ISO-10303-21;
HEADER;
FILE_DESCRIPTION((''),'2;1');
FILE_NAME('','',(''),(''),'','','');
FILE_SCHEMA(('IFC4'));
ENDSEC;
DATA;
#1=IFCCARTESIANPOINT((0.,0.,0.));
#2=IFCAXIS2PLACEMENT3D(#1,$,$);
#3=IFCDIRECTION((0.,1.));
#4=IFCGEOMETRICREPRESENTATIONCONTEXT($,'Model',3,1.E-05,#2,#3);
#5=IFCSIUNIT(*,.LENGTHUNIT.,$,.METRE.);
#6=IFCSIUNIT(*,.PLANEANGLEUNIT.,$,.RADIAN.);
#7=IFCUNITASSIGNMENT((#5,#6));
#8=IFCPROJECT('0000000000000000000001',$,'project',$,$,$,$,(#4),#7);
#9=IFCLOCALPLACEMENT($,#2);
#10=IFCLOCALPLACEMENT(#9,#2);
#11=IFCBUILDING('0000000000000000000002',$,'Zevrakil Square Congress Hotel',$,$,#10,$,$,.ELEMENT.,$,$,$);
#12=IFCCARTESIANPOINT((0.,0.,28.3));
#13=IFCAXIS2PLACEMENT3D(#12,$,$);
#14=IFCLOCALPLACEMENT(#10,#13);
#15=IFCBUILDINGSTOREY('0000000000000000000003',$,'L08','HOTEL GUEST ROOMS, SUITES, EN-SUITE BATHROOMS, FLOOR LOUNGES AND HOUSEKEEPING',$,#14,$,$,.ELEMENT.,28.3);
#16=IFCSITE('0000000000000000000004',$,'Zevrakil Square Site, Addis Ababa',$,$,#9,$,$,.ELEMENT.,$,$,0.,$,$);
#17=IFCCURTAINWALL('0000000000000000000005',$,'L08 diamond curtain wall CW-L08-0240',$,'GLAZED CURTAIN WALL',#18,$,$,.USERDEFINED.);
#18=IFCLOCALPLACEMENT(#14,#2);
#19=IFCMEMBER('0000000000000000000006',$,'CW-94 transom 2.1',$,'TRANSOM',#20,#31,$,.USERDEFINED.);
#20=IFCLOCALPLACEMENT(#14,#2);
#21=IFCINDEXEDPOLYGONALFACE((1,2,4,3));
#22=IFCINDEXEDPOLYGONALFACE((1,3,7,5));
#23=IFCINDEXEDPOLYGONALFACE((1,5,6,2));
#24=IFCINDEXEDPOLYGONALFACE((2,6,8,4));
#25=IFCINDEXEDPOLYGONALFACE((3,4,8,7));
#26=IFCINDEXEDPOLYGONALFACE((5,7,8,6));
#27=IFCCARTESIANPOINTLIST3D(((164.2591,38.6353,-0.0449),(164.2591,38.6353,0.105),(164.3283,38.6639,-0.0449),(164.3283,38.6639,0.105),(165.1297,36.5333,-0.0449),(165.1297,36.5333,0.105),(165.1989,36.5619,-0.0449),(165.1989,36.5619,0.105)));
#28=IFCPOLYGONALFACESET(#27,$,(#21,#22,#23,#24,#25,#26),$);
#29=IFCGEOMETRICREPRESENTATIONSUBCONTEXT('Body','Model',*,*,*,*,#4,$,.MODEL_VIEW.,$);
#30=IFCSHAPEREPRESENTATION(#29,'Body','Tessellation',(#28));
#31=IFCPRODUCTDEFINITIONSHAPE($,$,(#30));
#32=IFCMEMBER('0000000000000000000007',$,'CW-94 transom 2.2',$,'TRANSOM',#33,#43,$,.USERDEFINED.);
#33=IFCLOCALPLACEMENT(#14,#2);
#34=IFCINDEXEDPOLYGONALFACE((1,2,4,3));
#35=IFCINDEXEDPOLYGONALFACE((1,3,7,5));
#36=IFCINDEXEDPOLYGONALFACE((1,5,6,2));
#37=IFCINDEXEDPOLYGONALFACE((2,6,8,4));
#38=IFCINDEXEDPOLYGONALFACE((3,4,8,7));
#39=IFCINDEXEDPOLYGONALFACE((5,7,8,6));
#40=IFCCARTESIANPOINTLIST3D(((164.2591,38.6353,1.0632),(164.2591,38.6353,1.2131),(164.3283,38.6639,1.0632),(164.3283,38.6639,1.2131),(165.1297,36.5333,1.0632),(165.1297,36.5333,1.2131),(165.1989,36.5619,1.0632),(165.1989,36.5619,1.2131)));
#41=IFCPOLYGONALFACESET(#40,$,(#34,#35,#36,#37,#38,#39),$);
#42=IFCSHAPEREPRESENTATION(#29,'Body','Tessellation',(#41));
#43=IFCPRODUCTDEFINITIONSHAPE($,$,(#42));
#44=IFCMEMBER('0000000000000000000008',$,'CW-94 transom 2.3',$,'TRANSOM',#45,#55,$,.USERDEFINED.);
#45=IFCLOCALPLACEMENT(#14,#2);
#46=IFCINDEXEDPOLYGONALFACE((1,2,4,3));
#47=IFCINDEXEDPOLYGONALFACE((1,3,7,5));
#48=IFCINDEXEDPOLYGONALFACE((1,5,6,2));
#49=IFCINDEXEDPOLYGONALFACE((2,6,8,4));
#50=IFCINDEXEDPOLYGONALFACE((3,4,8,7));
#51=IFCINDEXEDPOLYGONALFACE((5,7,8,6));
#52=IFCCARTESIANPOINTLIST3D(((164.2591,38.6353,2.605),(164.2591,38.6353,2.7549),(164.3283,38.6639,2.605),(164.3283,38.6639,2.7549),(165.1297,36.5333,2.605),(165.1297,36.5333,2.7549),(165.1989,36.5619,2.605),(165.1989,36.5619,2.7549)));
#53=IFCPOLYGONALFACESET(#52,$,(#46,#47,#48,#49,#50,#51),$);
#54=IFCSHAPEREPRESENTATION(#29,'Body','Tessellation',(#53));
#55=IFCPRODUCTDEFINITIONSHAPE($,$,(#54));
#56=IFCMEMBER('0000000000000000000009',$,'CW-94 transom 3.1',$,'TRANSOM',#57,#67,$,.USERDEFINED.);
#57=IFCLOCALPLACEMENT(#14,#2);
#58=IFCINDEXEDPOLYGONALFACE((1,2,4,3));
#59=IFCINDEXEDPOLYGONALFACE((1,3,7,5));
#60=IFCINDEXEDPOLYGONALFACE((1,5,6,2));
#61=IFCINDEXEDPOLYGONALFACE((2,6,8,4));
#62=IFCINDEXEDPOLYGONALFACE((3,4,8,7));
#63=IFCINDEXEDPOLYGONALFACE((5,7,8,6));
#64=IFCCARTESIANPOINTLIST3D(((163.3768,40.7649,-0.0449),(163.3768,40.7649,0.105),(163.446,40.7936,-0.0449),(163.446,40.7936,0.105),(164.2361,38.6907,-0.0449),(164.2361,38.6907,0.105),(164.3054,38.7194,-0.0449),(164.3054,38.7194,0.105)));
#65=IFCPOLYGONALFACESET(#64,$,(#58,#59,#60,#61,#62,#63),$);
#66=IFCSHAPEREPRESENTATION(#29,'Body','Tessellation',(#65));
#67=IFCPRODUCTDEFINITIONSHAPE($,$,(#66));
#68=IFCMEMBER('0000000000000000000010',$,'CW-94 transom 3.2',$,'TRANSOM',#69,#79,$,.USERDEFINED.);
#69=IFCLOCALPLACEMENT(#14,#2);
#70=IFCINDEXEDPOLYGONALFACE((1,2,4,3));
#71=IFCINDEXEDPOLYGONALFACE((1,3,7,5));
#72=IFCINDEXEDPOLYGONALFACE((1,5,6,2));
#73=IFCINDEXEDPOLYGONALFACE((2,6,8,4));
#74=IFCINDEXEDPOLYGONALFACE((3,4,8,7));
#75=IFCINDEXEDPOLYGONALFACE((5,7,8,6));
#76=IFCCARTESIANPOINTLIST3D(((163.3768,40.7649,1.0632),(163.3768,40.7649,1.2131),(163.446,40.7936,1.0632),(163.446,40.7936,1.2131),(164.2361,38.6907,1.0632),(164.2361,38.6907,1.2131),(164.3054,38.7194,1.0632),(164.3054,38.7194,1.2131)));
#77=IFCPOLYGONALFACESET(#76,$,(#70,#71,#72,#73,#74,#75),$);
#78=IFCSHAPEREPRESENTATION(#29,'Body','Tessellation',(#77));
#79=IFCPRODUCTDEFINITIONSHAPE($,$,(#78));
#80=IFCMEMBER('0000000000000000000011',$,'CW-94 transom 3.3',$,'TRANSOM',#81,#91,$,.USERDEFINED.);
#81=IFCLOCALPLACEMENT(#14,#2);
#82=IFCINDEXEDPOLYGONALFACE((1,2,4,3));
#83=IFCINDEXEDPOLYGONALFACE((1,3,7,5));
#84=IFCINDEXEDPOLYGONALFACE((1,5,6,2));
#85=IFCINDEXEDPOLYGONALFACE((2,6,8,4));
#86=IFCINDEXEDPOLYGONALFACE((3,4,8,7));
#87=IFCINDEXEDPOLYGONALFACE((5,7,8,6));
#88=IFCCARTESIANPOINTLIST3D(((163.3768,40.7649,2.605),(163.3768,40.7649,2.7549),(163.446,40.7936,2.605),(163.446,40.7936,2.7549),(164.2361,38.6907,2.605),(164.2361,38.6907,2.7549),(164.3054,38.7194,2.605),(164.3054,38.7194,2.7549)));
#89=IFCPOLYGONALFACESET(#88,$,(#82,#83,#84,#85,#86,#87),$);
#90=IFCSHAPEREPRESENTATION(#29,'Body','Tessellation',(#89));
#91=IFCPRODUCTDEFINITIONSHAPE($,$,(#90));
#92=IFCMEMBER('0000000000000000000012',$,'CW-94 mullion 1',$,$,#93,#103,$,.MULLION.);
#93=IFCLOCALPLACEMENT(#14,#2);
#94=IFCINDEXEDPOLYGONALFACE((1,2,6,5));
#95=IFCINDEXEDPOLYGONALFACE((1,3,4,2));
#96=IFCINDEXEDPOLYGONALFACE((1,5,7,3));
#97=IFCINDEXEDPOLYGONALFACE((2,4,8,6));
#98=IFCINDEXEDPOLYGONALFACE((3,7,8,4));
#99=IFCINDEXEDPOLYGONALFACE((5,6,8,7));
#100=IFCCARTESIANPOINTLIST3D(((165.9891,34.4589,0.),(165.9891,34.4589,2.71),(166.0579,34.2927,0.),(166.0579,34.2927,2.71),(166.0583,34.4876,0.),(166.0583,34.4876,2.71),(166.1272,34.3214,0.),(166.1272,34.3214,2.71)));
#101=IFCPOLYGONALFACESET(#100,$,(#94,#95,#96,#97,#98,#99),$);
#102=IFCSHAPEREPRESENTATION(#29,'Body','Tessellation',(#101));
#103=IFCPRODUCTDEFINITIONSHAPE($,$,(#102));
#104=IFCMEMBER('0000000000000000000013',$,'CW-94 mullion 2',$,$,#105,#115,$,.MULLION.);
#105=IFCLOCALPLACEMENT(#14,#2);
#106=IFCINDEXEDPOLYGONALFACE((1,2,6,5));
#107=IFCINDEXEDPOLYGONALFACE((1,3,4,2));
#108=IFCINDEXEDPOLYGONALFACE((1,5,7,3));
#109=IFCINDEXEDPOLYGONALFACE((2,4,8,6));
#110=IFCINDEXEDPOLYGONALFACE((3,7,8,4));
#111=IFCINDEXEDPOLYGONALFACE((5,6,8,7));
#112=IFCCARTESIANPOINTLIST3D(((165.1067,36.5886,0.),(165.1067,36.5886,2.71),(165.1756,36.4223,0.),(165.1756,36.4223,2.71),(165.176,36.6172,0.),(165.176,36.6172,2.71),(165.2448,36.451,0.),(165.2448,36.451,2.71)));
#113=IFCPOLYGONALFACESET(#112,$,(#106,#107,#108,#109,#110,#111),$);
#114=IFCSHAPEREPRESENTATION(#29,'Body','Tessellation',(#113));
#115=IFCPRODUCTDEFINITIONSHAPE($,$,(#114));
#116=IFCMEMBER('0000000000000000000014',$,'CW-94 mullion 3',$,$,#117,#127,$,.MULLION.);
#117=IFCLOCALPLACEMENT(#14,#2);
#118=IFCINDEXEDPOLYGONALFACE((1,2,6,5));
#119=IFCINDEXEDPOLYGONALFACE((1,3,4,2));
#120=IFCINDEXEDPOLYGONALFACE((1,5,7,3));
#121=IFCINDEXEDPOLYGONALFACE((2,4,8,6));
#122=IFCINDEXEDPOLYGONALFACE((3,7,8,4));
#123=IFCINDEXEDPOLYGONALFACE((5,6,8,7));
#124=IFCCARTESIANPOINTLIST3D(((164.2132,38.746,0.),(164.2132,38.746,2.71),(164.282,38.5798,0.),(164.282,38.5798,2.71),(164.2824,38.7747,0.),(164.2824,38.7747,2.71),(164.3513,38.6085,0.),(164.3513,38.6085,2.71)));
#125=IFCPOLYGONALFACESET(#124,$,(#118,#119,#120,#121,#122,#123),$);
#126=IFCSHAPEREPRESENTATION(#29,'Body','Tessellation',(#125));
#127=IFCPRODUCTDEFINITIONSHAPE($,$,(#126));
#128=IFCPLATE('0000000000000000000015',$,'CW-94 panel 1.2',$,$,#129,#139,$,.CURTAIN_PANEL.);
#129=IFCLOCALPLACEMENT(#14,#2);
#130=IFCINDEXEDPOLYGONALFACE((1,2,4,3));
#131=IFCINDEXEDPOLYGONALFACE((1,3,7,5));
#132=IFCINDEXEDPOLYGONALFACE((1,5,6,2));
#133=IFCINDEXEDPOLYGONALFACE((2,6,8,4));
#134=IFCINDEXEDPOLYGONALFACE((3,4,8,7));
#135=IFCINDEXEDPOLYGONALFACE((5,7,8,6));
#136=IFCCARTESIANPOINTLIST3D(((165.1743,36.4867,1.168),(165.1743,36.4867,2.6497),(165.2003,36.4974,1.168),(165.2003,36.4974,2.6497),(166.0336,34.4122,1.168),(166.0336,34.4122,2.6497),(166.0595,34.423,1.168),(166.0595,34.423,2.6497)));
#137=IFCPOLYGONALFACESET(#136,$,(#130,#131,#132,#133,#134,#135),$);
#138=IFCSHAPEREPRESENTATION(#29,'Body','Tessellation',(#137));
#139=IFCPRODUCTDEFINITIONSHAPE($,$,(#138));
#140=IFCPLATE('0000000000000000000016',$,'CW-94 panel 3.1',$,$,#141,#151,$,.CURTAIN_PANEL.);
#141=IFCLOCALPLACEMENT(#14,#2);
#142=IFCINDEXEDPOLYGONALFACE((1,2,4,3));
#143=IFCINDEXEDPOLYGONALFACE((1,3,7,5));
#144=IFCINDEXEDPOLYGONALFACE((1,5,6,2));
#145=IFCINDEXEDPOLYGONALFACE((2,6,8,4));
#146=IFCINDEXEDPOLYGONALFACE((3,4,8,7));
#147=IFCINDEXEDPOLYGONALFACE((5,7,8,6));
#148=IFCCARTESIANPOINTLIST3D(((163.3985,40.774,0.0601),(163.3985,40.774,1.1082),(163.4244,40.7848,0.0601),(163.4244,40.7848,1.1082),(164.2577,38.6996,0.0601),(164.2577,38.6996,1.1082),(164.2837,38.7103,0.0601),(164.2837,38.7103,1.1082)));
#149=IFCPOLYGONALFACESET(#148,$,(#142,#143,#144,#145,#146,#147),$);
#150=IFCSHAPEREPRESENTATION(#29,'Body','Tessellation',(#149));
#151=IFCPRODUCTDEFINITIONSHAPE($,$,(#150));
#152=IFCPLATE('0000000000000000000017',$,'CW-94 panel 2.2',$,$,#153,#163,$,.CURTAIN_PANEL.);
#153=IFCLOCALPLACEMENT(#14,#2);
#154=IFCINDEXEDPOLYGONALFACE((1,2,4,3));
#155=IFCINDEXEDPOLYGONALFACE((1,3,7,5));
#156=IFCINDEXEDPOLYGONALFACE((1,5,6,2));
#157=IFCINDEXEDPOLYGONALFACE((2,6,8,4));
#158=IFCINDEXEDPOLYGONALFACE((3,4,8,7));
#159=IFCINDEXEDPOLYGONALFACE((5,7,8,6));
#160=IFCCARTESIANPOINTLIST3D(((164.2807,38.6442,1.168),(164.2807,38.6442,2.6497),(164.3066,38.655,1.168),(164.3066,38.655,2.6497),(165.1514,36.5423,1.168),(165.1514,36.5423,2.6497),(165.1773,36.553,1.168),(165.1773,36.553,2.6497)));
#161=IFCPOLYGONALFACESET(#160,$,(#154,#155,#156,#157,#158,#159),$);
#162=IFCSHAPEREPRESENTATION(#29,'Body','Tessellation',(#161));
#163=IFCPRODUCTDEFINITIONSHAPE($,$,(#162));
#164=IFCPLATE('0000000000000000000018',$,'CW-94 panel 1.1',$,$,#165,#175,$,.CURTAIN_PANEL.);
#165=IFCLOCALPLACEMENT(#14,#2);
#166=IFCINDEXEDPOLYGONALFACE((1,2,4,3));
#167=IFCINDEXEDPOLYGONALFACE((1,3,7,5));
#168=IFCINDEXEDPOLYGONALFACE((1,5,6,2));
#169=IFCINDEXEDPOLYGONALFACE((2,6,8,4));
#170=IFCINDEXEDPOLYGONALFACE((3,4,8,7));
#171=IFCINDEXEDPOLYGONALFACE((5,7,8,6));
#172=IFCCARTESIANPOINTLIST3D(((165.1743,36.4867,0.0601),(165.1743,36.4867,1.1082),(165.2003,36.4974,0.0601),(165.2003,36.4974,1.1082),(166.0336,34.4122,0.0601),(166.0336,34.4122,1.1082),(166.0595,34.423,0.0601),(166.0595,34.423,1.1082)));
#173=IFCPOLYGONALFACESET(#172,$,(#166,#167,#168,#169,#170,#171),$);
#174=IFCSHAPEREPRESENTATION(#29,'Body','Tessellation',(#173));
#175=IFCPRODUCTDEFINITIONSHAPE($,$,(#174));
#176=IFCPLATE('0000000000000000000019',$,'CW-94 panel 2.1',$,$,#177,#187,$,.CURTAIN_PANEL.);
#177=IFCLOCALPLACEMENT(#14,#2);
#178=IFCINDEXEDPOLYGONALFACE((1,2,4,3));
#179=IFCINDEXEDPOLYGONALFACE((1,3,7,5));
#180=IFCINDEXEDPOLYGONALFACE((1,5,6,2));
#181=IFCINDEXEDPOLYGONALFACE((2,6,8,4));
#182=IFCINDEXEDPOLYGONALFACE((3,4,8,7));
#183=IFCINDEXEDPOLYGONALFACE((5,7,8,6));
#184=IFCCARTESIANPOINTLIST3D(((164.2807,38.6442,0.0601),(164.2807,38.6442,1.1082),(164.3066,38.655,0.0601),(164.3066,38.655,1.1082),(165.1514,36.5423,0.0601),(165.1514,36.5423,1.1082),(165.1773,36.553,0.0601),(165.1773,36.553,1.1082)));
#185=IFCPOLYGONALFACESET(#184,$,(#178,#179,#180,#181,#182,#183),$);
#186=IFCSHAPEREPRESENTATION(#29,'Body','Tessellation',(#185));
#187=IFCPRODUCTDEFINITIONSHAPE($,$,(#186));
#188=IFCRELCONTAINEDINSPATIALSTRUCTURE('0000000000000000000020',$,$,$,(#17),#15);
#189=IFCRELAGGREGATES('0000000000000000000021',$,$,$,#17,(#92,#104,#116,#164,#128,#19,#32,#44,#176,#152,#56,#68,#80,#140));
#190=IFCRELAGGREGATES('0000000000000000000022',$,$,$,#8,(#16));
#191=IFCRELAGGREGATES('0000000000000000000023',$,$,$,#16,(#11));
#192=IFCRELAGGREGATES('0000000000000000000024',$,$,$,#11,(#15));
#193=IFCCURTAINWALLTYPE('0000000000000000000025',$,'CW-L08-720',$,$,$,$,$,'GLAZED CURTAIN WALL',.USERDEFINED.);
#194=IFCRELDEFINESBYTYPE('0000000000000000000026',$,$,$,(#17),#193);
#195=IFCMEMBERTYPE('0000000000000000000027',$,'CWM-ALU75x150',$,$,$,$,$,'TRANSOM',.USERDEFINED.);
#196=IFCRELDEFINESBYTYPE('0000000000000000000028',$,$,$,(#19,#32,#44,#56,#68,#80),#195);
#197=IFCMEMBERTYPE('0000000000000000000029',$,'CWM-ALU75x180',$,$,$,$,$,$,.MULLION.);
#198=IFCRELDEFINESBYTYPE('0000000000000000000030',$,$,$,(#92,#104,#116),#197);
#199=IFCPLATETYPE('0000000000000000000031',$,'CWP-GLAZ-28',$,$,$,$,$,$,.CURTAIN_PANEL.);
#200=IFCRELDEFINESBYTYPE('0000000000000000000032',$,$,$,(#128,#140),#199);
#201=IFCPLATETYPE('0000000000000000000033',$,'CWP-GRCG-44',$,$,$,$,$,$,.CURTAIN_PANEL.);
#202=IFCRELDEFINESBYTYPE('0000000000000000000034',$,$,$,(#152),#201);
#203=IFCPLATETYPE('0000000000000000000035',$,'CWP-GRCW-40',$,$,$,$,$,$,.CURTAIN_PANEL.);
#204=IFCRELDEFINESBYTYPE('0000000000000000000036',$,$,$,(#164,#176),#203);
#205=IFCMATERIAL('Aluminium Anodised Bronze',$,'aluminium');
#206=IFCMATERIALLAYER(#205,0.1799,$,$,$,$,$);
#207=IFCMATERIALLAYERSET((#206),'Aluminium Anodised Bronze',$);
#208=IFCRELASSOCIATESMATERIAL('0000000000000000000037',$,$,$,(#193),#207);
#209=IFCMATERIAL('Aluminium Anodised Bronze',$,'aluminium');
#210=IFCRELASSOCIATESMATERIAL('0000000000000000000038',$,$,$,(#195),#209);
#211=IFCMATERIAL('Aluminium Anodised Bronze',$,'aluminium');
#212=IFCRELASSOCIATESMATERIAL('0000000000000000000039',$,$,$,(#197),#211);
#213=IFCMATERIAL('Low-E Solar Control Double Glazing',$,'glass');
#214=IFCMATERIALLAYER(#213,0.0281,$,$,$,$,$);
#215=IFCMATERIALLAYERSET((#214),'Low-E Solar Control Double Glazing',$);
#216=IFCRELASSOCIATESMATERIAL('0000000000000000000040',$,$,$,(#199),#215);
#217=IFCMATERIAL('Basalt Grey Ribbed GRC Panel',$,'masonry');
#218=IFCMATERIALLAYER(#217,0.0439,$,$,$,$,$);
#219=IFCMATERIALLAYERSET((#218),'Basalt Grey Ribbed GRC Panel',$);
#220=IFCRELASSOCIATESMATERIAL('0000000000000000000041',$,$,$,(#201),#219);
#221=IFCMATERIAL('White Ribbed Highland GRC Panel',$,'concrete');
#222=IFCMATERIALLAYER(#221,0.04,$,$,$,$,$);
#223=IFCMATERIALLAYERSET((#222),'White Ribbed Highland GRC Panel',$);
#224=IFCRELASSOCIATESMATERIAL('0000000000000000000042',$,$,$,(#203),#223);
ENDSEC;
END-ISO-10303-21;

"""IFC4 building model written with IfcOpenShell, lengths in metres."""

from ifc_helpers import new_model, si_unit, direction, frame, origin, origin_2d, place, context, subcontext, project, spatial, rectangle, extrude, material, layer, layer_set, material_profile, profile_set, type_object, element, aggregate, save


model = new_model("IFC4")

# Units and contexts
model_context = context("Model", 3, precision=1e-05, world=origin(), true_north=direction((0.0, 1.0)))
body_context = subcontext(model_context, "Body", "Model", "MODEL_VIEW")
ifc_project = project(units=[si_unit("LENGTHUNIT", "METRE"), si_unit("PLANEANGLEUNIT", "RADIAN")], contexts=[model_context])

# Site, building, storey
site_placement = place(None, origin())
site = spatial("IfcSite", under=ifc_project, at=site_placement, Name="Zevrakil Square Site, Addis Ababa", CompositionType="ELEMENT", RefElevation=0.0)
building_placement = place(site_placement, origin())
building = spatial("IfcBuilding", under=site, at=building_placement, Name="Zevrakil Square Congress Hotel", CompositionType="ELEMENT")
storey_placement = place(building_placement, frame((0.0, 0.0, 28.3)))
storey = spatial("IfcBuildingStorey", under=building, at=storey_placement, Name="L08", Description="HOTEL GUEST ROOMS, SUITES, EN-SUITE BATHROOMS, FLOOR LOUNGES AND HOUSEKEEPING", CompositionType="ELEMENT", Elevation=28.3)

# Curtain wall, members, plates
ifc_material_1 = material(Name="Aluminium Anodised Bronze", Category="aluminium")
ifc_layer_1 = layer(ifc_material_1, 0.1799)
ifc_layer_set_1 = layer_set([ifc_layer_1], Name="Aluminium Anodised Bronze")
curtain_wall_type = type_object("IfcCurtainWallType", Name="CW-L08-720", ElementType="GLAZED CURTAIN WALL", PredefinedType="USERDEFINED", material=ifc_layer_set_1)
curtain_wall_placement = place(storey_placement, origin())
curtain_wall = element("IfcCurtainWall", 1, at=curtain_wall_placement, inside=storey, type_object=curtain_wall_type, Name="L08 diamond curtain wall CW-L08-0240", ObjectType="GLAZED CURTAIN WALL", PredefinedType="USERDEFINED")
ifc_material_2 = material(Name="Aluminium Anodised Bronze", Category="aluminium")
ifc_material_profile_1 = material_profile(ifc_material_2, rectangle(XDim=0.075, YDim=0.1499, at=origin_2d()), Name="ALU 75x150")
ifc_profile_set_1 = profile_set([ifc_material_profile_1], Name="Aluminium Anodised Bronze")
member_type_1 = type_object("IfcMemberType", Name="CWM-ALU75x150", ElementType="TRANSOM", PredefinedType="USERDEFINED", material=ifc_profile_set_1)
member_1_placement = place(storey_placement, frame((165.1643, 36.5476, 0.03), z_axis=(-0.382649, 0.923894, 0.0), x_axis=(-0.923894, -0.382649, 0.0)))
member_1 = element("IfcMember", 2, at=member_1_placement, type_object=member_type_1, Name="CW-94 transom 2.1", ObjectType="TRANSOM", PredefinedType="USERDEFINED", context=body_context, shape_type="SweptSolid", body=[
    extrude(rectangle(XDim=0.075, YDim=0.1499, at=origin_2d()), origin(), (0.0, 0.0, 1.0), 2.2751),
])
member_2_placement = place(storey_placement, frame((165.1643, 36.5476, 1.1382), z_axis=(-0.382649, 0.923894, 0.0), x_axis=(-0.923894, -0.382649, 0.0)))
member_2 = element("IfcMember", 3, at=member_2_placement, type_object=member_type_1, Name="CW-94 transom 2.2", ObjectType="TRANSOM", PredefinedType="USERDEFINED", context=body_context, shape_type="SweptSolid", body=[
    extrude(rectangle(XDim=0.075, YDim=0.1499, at=origin_2d()), origin(), (0.0, 0.0, 1.0), 2.2751),
])
member_3_placement = place(storey_placement, frame((165.1643, 36.5476, 2.6799), z_axis=(-0.382649, 0.923894, 0.0), x_axis=(-0.923894, -0.382649, 0.0)))
member_3 = element("IfcMember", 4, at=member_3_placement, type_object=member_type_1, Name="CW-94 transom 2.3", ObjectType="TRANSOM", PredefinedType="USERDEFINED", context=body_context, shape_type="SweptSolid", body=[
    extrude(rectangle(XDim=0.075, YDim=0.1499, at=origin_2d()), origin(), (0.0, 0.0, 1.0), 2.2751),
])
member_4_placement = place(storey_placement, frame((164.2708, 38.7051, 0.03), z_axis=(-0.382762, 0.923847, 0.0), x_axis=(-0.923847, -0.382762, 0.0)))
member_4 = element("IfcMember", 5, at=member_4_placement, type_object=member_type_1, Name="CW-94 transom 3.1", ObjectType="TRANSOM", PredefinedType="USERDEFINED", context=body_context, shape_type="SweptSolid", body=[
    extrude(rectangle(XDim=0.075, YDim=0.1499, at=origin_2d()), origin(), (0.0, 0.0, 1.0), 2.2451),
])
member_5_placement = place(storey_placement, frame((164.2708, 38.7051, 1.1382), z_axis=(-0.382762, 0.923847, 0.0), x_axis=(-0.923847, -0.382762, 0.0)))
member_5 = element("IfcMember", 6, at=member_5_placement, type_object=member_type_1, Name="CW-94 transom 3.2", ObjectType="TRANSOM", PredefinedType="USERDEFINED", context=body_context, shape_type="SweptSolid", body=[
    extrude(rectangle(XDim=0.075, YDim=0.1499, at=origin_2d()), origin(), (0.0, 0.0, 1.0), 2.2451),
])
member_6_placement = place(storey_placement, frame((164.2708, 38.7051, 2.6799), z_axis=(-0.382762, 0.923847, 0.0), x_axis=(-0.923847, -0.382762, 0.0)))
member_6 = element("IfcMember", 7, at=member_6_placement, type_object=member_type_1, Name="CW-94 transom 3.3", ObjectType="TRANSOM", PredefinedType="USERDEFINED", context=body_context, shape_type="SweptSolid", body=[
    extrude(rectangle(XDim=0.075, YDim=0.1499, at=origin_2d()), origin(), (0.0, 0.0, 1.0), 2.2451),
])
ifc_material_3 = material(Name="Aluminium Anodised Bronze", Category="aluminium")
ifc_material_profile_2 = material_profile(ifc_material_3, rectangle(XDim=0.075, YDim=0.1799, at=origin_2d()), Name="ALU 75x180")
ifc_profile_set_2 = profile_set([ifc_material_profile_2], Name="Aluminium Anodised Bronze")
member_type_2 = type_object("IfcMemberType", Name="CWM-ALU75x180", PredefinedType="MULLION", material=ifc_profile_set_2)
member_7_placement = place(storey_placement, frame((166.0581, 34.3901, 0.0), z_axis=(0.0, 0.0, 1.0), x_axis=(-0.923879, -0.382684, 0.0)))
member_7 = element("IfcMember", 8, at=member_7_placement, type_object=member_type_2, Name="CW-94 mullion 1", PredefinedType="MULLION", context=body_context, shape_type="SweptSolid", body=[
    extrude(rectangle(XDim=0.075, YDim=0.1799, at=origin_2d()), origin(), (0.0, 0.0, 1.0), 2.71),
])
member_8_placement = place(storey_placement, frame((165.1758, 36.5198, 0.0), z_axis=(0.0, 0.0, 1.0), x_axis=(-0.923879, -0.382684, 0.0)))
member_8 = element("IfcMember", 9, at=member_8_placement, type_object=member_type_2, Name="CW-94 mullion 2", PredefinedType="MULLION", context=body_context, shape_type="SweptSolid", body=[
    extrude(rectangle(XDim=0.075, YDim=0.1799, at=origin_2d()), origin(), (0.0, 0.0, 1.0), 2.71),
])
member_9_placement = place(storey_placement, frame((164.2822, 38.6772, 0.0), z_axis=(0.0, 0.0, 1.0), x_axis=(-0.923879, -0.382684, 0.0)))
member_9 = element("IfcMember", 10, at=member_9_placement, type_object=member_type_2, Name="CW-94 mullion 3", PredefinedType="MULLION", context=body_context, shape_type="SweptSolid", body=[
    extrude(rectangle(XDim=0.075, YDim=0.1799, at=origin_2d()), origin(), (0.0, 0.0, 1.0), 2.71),
])
ifc_material_4 = material(Name="Low-E Solar Control Double Glazing", Category="glass")
ifc_layer_2 = layer(ifc_material_4, 0.0281)
ifc_layer_set_2 = layer_set([ifc_layer_2], Name="Low-E Solar Control Double Glazing")
plate_type_1 = type_object("IfcPlateType", Name="CWP-GLAZ-28", PredefinedType="CURTAIN_PANEL", material=ifc_layer_set_2)
plate_1_placement = place(storey_placement, frame((165.6169, 35.4548, 1.168), z_axis=(0.0, 0.0, 1.0), x_axis=(-0.382684, 0.923879, 0.0)))
plate_1 = element("IfcPlate", 11, at=plate_1_placement, type_object=plate_type_1, Name="CW-94 panel 1.2", PredefinedType="CURTAIN_PANEL", context=body_context, shape_type="SweptSolid", body=[
    extrude(rectangle(XDim=2.2454, YDim=0.0281, at=origin_2d()), origin(), (0.0, 0.0, 1.0), 1.4817),
])
plate_2_placement = place(storey_placement, frame((163.8411, 39.7422, 0.0601), z_axis=(0.0, 0.0, 1.0), x_axis=(-0.382684, 0.923879, 0.0)))
plate_2 = element("IfcPlate", 12, at=plate_2_placement, type_object=plate_type_1, Name="CW-94 panel 3.1", PredefinedType="CURTAIN_PANEL", context=body_context, shape_type="SweptSolid", body=[
    extrude(rectangle(XDim=2.2454, YDim=0.0281, at=origin_2d()), origin(), (0.0, 0.0, 1.0), 1.0481),
])
ifc_material_5 = material(Name="Basalt Grey Ribbed GRC Panel", Category="masonry")
ifc_layer_3 = layer(ifc_material_5, 0.0439)
ifc_layer_set_3 = layer_set([ifc_layer_3], Name="Basalt Grey Ribbed GRC Panel")
plate_type_2 = type_object("IfcPlateType", Name="CWP-GRCG-44", PredefinedType="CURTAIN_PANEL", material=ifc_layer_set_3)
plate_3_placement = place(storey_placement, frame((164.729, 37.5986, 1.168), z_axis=(0.0, 0.0, 1.0), x_axis=(-0.382684, 0.923879, 0.0)))
plate_3 = element("IfcPlate", 13, at=plate_3_placement, type_object=plate_type_2, Name="CW-94 panel 2.2", PredefinedType="CURTAIN_PANEL", context=body_context, shape_type="SweptSolid", body=[
    extrude(rectangle(XDim=2.2751, YDim=0.0281, at=origin_2d()), origin(), (0.0, 0.0, 1.0), 1.4817),
])
ifc_material_6 = material(Name="White Ribbed Highland GRC Panel", Category="concrete")
ifc_layer_4 = layer(ifc_material_6, 0.04)
ifc_layer_set_4 = layer_set([ifc_layer_4], Name="White Ribbed Highland GRC Panel")
plate_type_3 = type_object("IfcPlateType", Name="CWP-GRCW-40", PredefinedType="CURTAIN_PANEL", material=ifc_layer_set_4)
plate_4_placement = place(storey_placement, frame((165.6169, 35.4548, 0.0601), z_axis=(0.0, 0.0, 1.0), x_axis=(-0.382684, 0.923879, 0.0)))
plate_4 = element("IfcPlate", 14, at=plate_4_placement, type_object=plate_type_3, Name="CW-94 panel 1.1", PredefinedType="CURTAIN_PANEL", context=body_context, shape_type="SweptSolid", body=[
    extrude(rectangle(XDim=2.2454, YDim=0.0281, at=origin_2d()), origin(), (0.0, 0.0, 1.0), 1.0481),
])
plate_5_placement = place(storey_placement, frame((164.729, 37.5986, 0.0601), z_axis=(0.0, 0.0, 1.0), x_axis=(-0.382684, 0.923879, 0.0)))
plate_5 = element("IfcPlate", 15, at=plate_5_placement, type_object=plate_type_3, Name="CW-94 panel 2.1", PredefinedType="CURTAIN_PANEL", context=body_context, shape_type="SweptSolid", body=[
    extrude(rectangle(XDim=2.2751, YDim=0.0281, at=origin_2d()), origin(), (0.0, 0.0, 1.0), 1.0481),
])
aggregate(curtain_wall, [member_7, member_8, member_9, plate_4, plate_1, member_1, member_2, member_3, plate_5, plate_3, member_4, member_5, member_6, plate_2])

save(model, "model.ifc")
